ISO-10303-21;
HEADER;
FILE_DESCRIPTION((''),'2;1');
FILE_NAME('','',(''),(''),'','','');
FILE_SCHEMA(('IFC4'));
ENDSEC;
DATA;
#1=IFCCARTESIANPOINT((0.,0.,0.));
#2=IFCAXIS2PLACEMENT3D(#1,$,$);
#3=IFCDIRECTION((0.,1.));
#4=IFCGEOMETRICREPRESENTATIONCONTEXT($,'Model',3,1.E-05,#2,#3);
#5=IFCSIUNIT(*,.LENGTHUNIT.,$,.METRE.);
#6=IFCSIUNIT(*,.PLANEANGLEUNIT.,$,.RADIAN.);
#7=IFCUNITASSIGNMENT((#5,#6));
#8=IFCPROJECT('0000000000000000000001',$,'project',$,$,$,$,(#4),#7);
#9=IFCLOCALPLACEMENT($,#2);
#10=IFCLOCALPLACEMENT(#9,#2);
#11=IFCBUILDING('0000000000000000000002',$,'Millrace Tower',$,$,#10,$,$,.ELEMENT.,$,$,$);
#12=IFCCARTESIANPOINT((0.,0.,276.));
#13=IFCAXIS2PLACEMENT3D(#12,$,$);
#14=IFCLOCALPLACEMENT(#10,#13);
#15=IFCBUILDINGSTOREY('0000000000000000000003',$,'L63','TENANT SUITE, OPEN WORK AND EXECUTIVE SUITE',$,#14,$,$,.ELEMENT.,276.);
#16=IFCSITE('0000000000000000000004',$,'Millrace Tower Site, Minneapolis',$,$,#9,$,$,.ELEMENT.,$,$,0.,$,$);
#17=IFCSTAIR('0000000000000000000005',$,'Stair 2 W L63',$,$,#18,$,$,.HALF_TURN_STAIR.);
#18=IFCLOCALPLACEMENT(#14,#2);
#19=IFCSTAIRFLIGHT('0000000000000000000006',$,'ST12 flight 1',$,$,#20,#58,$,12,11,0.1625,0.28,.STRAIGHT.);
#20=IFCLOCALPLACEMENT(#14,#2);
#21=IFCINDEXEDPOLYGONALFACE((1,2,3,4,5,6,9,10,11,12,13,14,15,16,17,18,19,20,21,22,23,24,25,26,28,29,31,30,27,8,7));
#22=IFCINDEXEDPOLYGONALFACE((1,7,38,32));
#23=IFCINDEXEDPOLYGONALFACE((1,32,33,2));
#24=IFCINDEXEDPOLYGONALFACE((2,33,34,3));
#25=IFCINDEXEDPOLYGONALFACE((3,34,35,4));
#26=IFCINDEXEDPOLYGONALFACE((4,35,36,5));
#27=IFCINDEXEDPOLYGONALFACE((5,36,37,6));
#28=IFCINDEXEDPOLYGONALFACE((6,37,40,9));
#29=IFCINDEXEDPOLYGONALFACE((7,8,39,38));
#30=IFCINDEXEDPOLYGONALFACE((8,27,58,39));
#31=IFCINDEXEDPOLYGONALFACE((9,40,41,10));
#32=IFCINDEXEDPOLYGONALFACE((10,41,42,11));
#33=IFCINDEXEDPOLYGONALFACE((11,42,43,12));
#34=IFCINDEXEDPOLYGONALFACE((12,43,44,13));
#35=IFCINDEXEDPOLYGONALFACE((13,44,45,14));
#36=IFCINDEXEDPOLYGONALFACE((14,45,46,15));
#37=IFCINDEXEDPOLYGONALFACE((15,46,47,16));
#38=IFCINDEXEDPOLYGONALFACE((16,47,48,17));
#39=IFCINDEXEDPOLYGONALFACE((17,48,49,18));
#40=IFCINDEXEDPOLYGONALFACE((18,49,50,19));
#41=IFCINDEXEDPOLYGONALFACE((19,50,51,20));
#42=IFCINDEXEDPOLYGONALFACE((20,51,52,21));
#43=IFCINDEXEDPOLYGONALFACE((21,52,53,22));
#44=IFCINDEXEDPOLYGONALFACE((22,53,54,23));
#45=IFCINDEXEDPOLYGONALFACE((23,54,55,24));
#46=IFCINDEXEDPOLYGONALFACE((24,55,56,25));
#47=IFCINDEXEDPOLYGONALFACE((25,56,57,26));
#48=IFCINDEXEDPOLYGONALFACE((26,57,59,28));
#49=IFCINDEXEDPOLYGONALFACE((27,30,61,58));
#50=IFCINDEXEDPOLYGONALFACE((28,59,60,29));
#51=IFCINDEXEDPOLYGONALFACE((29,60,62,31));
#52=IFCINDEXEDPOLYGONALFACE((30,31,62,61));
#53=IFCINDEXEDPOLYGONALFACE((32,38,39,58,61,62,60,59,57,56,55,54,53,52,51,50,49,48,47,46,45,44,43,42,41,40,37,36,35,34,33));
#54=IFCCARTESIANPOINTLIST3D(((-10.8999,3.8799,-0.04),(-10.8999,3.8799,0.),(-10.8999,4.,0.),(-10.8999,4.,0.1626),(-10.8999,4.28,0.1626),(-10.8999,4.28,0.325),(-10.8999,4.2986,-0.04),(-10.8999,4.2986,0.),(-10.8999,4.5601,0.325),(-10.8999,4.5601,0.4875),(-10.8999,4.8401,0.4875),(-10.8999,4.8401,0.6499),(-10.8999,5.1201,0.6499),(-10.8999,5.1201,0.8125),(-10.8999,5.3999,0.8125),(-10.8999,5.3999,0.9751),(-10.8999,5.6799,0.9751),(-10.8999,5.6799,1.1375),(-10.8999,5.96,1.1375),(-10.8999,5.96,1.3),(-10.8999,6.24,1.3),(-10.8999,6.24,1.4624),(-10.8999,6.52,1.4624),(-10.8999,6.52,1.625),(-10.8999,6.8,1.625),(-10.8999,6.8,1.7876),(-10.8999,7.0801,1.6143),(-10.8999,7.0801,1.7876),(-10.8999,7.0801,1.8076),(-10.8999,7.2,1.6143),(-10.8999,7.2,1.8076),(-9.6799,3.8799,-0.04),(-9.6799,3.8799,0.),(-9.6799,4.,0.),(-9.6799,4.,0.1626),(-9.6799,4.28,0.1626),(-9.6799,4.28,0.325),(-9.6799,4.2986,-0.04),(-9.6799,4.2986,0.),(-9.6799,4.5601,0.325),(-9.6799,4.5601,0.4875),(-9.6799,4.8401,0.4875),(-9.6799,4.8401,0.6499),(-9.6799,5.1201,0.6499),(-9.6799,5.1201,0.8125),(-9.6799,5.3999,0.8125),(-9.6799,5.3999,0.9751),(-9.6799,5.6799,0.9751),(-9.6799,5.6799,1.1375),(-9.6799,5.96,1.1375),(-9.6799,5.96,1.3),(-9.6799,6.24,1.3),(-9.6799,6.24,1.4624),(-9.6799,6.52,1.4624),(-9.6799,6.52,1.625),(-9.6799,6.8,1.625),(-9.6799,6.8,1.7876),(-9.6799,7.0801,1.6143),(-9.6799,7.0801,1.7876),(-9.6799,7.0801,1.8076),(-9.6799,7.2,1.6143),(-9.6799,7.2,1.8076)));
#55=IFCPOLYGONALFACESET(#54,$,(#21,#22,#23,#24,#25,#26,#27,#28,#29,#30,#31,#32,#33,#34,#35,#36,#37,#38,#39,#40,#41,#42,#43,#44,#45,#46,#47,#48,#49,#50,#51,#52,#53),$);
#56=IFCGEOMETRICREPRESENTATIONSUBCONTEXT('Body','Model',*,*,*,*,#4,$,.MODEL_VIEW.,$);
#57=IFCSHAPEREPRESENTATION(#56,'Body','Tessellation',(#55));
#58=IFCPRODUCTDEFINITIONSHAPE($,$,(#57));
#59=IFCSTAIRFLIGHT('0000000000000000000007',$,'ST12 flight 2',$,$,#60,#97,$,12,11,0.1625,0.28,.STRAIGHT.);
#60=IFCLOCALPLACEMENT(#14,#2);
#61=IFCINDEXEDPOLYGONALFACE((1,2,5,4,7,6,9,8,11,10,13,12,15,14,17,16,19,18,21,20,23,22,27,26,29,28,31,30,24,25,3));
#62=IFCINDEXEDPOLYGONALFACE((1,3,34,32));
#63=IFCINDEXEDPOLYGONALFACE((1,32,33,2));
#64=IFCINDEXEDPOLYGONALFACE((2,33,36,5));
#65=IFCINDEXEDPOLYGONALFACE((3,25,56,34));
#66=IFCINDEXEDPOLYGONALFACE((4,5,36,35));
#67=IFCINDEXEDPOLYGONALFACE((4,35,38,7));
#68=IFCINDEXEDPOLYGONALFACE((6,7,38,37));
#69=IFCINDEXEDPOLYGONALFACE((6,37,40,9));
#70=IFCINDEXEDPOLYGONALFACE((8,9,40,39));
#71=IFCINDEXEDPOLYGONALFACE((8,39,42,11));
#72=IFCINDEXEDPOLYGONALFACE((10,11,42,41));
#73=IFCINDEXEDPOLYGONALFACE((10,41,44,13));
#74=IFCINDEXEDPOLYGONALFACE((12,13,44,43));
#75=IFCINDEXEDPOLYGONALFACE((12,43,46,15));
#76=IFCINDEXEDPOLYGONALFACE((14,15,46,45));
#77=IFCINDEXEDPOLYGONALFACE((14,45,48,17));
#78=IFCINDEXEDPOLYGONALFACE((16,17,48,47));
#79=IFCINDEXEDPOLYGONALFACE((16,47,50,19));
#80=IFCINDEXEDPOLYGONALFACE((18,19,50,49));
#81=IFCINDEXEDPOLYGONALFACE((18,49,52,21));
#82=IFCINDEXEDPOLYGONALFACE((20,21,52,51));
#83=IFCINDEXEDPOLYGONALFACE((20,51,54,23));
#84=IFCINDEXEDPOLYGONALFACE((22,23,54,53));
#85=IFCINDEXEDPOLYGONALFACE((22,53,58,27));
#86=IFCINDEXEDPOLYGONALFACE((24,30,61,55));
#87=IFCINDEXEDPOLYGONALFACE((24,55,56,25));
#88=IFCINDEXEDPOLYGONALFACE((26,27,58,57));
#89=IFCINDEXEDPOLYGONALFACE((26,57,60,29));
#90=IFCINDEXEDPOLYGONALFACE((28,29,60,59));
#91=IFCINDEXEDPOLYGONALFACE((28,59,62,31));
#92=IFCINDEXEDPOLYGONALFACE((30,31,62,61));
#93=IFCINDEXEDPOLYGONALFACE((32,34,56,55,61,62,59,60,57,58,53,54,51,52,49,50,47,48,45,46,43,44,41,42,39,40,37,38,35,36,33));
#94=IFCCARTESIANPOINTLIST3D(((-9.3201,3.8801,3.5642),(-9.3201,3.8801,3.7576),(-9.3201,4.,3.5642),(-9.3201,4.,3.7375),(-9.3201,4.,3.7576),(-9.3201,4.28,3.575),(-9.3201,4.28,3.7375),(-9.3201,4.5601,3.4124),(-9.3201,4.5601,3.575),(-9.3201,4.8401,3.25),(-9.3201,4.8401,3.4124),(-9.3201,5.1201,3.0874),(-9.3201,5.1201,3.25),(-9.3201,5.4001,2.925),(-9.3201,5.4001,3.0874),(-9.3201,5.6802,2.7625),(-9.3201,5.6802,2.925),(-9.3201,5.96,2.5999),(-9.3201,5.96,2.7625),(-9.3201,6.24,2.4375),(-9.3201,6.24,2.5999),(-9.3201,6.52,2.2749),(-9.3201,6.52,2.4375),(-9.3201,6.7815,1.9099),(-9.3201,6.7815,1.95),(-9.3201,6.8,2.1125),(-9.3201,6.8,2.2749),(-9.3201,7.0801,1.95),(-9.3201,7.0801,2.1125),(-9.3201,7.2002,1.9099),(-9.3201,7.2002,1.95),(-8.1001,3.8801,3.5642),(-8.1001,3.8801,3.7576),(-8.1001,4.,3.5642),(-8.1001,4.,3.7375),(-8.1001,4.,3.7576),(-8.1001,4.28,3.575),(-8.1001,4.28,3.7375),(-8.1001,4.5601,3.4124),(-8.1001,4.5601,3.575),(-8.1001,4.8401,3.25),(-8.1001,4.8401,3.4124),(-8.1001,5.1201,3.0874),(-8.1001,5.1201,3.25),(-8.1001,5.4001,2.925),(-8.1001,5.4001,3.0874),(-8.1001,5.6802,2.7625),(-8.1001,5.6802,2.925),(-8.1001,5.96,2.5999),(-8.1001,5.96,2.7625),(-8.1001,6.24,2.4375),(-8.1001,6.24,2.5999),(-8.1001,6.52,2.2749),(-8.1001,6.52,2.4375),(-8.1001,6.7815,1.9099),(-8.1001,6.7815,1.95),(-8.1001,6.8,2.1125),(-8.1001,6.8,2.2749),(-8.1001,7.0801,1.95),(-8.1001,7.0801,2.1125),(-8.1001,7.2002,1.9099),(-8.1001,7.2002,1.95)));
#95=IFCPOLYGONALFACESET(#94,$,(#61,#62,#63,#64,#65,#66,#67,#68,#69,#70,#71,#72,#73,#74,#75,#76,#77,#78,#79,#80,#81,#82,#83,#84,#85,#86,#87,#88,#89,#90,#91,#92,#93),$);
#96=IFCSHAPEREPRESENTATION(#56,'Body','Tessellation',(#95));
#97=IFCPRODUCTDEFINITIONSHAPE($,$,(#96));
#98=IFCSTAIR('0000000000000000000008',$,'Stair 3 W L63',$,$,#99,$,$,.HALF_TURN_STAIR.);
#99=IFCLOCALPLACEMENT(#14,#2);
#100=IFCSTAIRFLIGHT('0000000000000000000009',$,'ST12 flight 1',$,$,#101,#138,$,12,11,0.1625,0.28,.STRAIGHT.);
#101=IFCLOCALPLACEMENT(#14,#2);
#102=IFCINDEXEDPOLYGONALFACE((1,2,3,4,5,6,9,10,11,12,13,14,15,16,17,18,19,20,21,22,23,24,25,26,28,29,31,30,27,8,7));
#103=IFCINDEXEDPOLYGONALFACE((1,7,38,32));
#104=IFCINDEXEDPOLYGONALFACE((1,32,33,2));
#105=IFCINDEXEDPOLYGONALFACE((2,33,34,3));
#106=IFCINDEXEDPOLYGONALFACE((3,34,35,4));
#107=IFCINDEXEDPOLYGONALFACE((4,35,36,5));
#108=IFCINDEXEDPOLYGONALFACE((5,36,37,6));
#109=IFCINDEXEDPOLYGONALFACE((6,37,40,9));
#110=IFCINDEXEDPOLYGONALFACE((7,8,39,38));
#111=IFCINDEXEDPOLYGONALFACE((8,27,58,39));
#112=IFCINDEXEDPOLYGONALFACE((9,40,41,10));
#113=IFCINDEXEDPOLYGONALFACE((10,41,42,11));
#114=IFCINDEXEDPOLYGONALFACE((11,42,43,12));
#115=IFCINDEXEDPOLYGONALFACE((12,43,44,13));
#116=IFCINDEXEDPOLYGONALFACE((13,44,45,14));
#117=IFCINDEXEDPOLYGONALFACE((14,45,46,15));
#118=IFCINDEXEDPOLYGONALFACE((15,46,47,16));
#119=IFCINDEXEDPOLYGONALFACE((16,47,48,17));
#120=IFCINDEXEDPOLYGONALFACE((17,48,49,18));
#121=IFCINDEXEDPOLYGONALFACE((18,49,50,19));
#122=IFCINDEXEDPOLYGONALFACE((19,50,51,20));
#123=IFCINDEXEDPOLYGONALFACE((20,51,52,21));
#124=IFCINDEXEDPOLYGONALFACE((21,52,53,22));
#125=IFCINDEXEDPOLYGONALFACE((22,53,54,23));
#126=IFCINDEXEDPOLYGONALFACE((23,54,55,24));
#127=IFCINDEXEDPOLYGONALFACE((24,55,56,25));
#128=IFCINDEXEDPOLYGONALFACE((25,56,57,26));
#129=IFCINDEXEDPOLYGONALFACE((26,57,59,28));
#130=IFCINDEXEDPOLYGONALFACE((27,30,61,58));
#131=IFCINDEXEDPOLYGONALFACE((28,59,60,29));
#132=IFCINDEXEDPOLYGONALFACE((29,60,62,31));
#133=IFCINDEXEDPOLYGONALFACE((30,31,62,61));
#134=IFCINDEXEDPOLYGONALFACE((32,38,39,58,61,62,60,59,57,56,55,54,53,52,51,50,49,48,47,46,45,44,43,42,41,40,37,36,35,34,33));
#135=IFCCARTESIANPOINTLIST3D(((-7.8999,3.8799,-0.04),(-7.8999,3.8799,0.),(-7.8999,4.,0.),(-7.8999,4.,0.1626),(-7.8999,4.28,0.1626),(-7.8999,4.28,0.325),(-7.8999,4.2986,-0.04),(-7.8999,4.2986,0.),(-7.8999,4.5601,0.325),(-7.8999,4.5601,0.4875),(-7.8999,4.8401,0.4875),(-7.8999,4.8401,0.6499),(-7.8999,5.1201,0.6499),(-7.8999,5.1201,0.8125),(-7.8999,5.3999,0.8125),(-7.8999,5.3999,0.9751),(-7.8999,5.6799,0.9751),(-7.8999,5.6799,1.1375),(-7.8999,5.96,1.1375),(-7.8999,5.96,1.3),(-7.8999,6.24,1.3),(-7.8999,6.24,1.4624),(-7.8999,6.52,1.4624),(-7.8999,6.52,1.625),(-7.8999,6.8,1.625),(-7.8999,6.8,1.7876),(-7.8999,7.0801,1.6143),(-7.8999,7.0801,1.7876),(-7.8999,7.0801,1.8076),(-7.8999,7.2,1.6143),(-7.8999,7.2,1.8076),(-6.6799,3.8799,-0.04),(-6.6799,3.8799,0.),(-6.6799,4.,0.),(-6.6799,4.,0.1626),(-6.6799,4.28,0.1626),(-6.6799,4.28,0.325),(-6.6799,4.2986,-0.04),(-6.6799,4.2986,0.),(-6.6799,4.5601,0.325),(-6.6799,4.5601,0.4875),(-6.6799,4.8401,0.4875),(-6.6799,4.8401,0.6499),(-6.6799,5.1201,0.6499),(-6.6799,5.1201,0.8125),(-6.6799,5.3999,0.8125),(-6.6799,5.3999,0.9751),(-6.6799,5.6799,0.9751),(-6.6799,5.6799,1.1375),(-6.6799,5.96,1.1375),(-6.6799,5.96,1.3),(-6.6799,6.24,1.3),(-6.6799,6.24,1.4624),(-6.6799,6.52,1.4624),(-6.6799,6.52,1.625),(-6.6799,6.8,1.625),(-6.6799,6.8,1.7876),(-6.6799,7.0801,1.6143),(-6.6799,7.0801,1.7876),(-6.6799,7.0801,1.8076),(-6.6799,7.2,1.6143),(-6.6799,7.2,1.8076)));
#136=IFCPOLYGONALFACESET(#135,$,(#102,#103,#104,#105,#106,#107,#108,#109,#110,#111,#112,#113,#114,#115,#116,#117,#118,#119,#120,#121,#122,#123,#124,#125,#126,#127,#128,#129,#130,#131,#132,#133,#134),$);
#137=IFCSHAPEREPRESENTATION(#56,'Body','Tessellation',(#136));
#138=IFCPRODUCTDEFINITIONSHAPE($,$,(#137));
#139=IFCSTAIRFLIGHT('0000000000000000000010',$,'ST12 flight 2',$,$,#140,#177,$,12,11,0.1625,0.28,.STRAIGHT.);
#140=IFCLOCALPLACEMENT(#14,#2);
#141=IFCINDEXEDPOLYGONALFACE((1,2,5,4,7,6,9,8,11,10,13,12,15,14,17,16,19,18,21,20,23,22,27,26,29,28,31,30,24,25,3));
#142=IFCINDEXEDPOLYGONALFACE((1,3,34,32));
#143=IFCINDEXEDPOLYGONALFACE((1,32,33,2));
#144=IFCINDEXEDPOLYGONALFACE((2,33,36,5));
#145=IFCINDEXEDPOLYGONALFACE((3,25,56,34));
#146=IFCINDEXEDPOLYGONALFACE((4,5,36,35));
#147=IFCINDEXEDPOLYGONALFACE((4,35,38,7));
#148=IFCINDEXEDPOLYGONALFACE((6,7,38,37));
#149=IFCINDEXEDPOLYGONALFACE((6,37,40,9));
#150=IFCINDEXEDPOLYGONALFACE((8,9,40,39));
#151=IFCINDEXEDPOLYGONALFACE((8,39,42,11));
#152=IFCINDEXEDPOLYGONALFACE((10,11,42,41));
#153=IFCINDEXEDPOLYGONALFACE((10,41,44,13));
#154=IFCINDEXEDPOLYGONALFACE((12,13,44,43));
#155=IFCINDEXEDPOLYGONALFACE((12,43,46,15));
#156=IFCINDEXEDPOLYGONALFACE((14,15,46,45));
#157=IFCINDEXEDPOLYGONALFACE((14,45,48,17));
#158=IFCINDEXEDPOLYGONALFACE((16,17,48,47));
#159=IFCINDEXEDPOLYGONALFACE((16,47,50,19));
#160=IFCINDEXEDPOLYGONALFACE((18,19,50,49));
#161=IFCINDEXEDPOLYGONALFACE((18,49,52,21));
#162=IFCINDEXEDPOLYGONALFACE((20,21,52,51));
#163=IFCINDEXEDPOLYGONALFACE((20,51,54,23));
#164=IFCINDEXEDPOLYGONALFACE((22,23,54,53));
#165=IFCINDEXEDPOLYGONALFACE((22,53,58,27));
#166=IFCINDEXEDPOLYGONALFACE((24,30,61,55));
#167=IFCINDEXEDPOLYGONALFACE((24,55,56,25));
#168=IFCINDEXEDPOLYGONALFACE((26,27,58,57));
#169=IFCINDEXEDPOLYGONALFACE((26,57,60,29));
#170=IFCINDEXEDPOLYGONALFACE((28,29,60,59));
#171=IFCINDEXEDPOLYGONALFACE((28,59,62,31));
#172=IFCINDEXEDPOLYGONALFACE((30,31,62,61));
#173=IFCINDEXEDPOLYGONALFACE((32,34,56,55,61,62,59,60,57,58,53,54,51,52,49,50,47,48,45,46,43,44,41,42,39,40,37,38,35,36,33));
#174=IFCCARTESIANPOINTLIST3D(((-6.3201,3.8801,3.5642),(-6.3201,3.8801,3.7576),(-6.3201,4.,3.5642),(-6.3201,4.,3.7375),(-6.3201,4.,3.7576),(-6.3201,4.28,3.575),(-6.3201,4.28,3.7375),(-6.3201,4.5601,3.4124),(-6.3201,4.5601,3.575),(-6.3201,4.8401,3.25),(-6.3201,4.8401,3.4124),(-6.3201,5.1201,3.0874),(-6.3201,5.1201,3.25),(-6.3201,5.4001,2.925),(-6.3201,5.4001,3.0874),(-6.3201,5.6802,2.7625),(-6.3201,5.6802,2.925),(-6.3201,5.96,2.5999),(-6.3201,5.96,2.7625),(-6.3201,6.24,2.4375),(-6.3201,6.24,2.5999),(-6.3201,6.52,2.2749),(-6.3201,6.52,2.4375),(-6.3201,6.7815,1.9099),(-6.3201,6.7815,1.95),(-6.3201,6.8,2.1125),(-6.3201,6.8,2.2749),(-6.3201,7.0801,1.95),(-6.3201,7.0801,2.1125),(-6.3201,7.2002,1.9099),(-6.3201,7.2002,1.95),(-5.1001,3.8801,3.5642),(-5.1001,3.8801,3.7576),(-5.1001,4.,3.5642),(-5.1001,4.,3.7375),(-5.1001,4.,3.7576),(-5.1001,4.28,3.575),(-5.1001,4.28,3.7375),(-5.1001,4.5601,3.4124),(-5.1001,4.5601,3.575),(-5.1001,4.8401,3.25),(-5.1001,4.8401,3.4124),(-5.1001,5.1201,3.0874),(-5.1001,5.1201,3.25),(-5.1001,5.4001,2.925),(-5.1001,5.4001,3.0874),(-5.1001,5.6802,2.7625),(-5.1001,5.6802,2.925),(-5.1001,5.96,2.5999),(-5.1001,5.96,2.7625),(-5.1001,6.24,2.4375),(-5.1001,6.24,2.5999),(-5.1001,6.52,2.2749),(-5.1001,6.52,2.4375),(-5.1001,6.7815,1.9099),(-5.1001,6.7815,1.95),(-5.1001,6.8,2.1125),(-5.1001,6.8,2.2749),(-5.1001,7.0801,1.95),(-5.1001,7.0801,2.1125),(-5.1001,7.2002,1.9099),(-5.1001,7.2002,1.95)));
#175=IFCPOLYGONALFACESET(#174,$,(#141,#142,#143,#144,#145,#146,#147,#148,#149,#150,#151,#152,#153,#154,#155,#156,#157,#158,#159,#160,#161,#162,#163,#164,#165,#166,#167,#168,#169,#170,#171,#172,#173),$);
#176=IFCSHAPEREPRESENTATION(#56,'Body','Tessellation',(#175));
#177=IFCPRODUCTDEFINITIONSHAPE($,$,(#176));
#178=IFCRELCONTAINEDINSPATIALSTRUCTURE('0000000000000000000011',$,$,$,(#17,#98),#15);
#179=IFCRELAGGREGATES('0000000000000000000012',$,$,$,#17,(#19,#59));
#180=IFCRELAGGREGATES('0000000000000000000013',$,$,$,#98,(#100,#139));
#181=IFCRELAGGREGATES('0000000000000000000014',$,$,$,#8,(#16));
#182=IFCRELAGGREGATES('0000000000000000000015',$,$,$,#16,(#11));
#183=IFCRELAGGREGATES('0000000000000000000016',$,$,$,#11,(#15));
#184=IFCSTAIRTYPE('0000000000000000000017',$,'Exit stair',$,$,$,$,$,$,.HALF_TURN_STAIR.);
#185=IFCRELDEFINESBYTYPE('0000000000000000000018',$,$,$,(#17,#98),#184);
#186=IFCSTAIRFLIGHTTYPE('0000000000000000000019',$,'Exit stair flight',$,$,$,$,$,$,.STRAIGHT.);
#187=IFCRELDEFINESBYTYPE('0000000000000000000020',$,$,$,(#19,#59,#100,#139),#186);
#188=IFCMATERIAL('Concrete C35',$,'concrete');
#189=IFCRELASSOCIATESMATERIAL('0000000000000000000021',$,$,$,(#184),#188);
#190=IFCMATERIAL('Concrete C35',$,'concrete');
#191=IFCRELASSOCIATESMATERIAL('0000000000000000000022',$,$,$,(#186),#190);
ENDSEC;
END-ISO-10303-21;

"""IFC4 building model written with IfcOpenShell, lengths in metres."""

from ifc_helpers import new_model, si_unit, direction, frame, origin, place, context, subcontext, project, spatial, polyline, outline, extrude, material, type_object, element, aggregate, save


model = new_model("IFC4")

# Units and contexts
model_context = context("Model", 3, precision=1e-05, world=origin(), true_north=direction((0.0, 1.0)))
body_context = subcontext(model_context, "Body", "Model", "MODEL_VIEW")
ifc_project = project(units=[si_unit("LENGTHUNIT", "METRE"), si_unit("PLANEANGLEUNIT", "RADIAN")], contexts=[model_context])

# Site, building, storey
site_placement = place(None, origin())
site = spatial("IfcSite", under=ifc_project, at=site_placement, Name="Millrace Tower Site, Minneapolis", CompositionType="ELEMENT", RefElevation=0.0)
building_placement = place(site_placement, origin())
building = spatial("IfcBuilding", under=site, at=building_placement, Name="Millrace Tower", CompositionType="ELEMENT")
storey_placement = place(building_placement, frame((0.0, 0.0, 276.0)))
storey = spatial("IfcBuildingStorey", under=building, at=storey_placement, Name="L63", Description="TENANT SUITE, OPEN WORK AND EXECUTIVE SUITE", CompositionType="ELEMENT", Elevation=276.0)

# Shared definitions
ifc_material_1 = material(Name="Concrete C35", Category="concrete")
stair_type = type_object("IfcStairType", Name="Exit stair", PredefinedType="HALF_TURN_STAIR", material=ifc_material_1)
placement = place(storey_placement, origin())
ifc_material_2 = material(Name="Concrete C35", Category="concrete")
stair_flight_type = type_object("IfcStairFlightType", Name="Exit stair flight", PredefinedType="STRAIGHT", material=ifc_material_2)

# Stairs, stair flights
stair_1 = element("IfcStair", 1, at=placement, inside=storey, type_object=stair_type, Name="Stair 2 W L63", PredefinedType="HALF_TURN_STAIR")
stair_flight_1_placement = place(storey_placement, frame((-10.29, 4.0, 0.0), z_axis=(0.0, 0.0, 1.0), x_axis=(0.0, 1.0, 0.0)))
stair_flight_1 = element("IfcStairFlight", 2, at=stair_flight_1_placement, type_object=stair_flight_type, Name="ST12 flight 1", NumberOfRisers=12, NumberOfTreads=11, PredefinedType="STRAIGHT", RiserHeight=0.1625, TreadLength=0.28, context=body_context, shape_type="SweptSolid", body=[
    extrude(outline(polyline([(-0.1201, -0.04), (-0.1201, 0.0), (0.0, 0.0), (0.0, 0.1626), (0.28, 0.1626), (0.28, 0.325), (0.5601, 0.325), (0.5601, 0.4875), (0.8401, 0.4875), (0.8401, 0.6499), (1.1201, 0.6499), (1.1201, 0.8125), (1.3999, 0.8125), (1.3999, 0.9751), (1.6799, 0.9751), (1.6799, 1.1375), (1.96, 1.1375), (1.96, 1.3), (2.24, 1.3), (2.24, 1.4624), (2.52, 1.4624), (2.52, 1.625), (2.8, 1.625), (2.8, 1.7876), (3.0801, 1.7876), (3.0801, 1.8076), (3.2, 1.8076), (3.2, 1.6143), (3.0801, 1.6143), (0.2986, 0.0), (0.2986, -0.04), (-0.1201, -0.04)])), frame((0.0, 0.6099, 0.0), z_axis=(0.0, -1.0, 0.0), x_axis=(1.0, 0.0, 0.0)), (0.0, 0.0, 1.0), 1.22),
])
stair_flight_2_placement = place(storey_placement, frame((-8.71, 7.0801, 1.95), z_axis=(0.0, 0.0, 1.0), x_axis=(0.0, -1.0, 0.0)))
stair_flight_2 = element("IfcStairFlight", 3, at=stair_flight_2_placement, type_object=stair_flight_type, Name="ST12 flight 2", NumberOfRisers=12, NumberOfTreads=11, PredefinedType="STRAIGHT", RiserHeight=0.1625, TreadLength=0.28, context=body_context, shape_type="SweptSolid", body=[
    extrude(outline(polyline([(-0.1201, -0.04), (-0.1201, 0.0), (0.0, 0.0), (0.0, 0.1626), (0.28, 0.1626), (0.28, 0.325), (0.5601, 0.325), (0.5601, 0.4875), (0.8401, 0.4875), (0.8401, 0.6499), (1.1201, 0.6499), (1.1201, 0.8125), (1.3999, 0.8125), (1.3999, 0.9751), (1.6799, 0.9751), (1.6799, 1.1375), (1.96, 1.1375), (1.96, 1.3), (2.24, 1.3), (2.24, 1.4624), (2.52, 1.4624), (2.52, 1.625), (2.8, 1.625), (2.8, 1.7876), (3.0801, 1.7876), (3.0801, 1.8076), (3.2, 1.8076), (3.2, 1.6143), (3.0801, 1.6143), (0.2986, 0.0), (0.2986, -0.04), (-0.1201, -0.04)])), frame((0.0, 0.6099, 0.0), z_axis=(0.0, -1.0, 0.0), x_axis=(1.0, 0.0, 0.0)), (0.0, 0.0, 1.0), 1.22),
])
aggregate(stair_1, [stair_flight_1, stair_flight_2])
stair_2 = element("IfcStair", 4, at=placement, inside=storey, type_object=stair_type, Name="Stair 3 W L63", PredefinedType="HALF_TURN_STAIR")
stair_flight_3_placement = place(storey_placement, frame((-7.29, 4.0, 0.0), z_axis=(0.0, 0.0, 1.0), x_axis=(0.0, 1.0, 0.0)))
stair_flight_3 = element("IfcStairFlight", 5, at=stair_flight_3_placement, type_object=stair_flight_type, Name="ST12 flight 1", NumberOfRisers=12, NumberOfTreads=11, PredefinedType="STRAIGHT", RiserHeight=0.1625, TreadLength=0.28, context=body_context, shape_type="SweptSolid", body=[
    extrude(outline(polyline([(-0.1201, -0.04), (-0.1201, 0.0), (0.0, 0.0), (0.0, 0.1626), (0.28, 0.1626), (0.28, 0.325), (0.5601, 0.325), (0.5601, 0.4875), (0.8401, 0.4875), (0.8401, 0.6499), (1.1201, 0.6499), (1.1201, 0.8125), (1.3999, 0.8125), (1.3999, 0.9751), (1.6799, 0.9751), (1.6799, 1.1375), (1.96, 1.1375), (1.96, 1.3), (2.24, 1.3), (2.24, 1.4624), (2.52, 1.4624), (2.52, 1.625), (2.8, 1.625), (2.8, 1.7876), (3.0801, 1.7876), (3.0801, 1.8076), (3.2, 1.8076), (3.2, 1.6143), (3.0801, 1.6143), (0.2986, 0.0), (0.2986, -0.04), (-0.1201, -0.04)])), frame((0.0, 0.6099, 0.0), z_axis=(0.0, -1.0, 0.0), x_axis=(1.0, 0.0, 0.0)), (0.0, 0.0, 1.0), 1.22),
])
stair_flight_4_placement = place(storey_placement, frame((-5.71, 7.0801, 1.95), z_axis=(0.0, 0.0, 1.0), x_axis=(0.0, -1.0, 0.0)))
stair_flight_4 = element("IfcStairFlight", 6, at=stair_flight_4_placement, type_object=stair_flight_type, Name="ST12 flight 2", NumberOfRisers=12, NumberOfTreads=11, PredefinedType="STRAIGHT", RiserHeight=0.1625, TreadLength=0.28, context=body_context, shape_type="SweptSolid", body=[
    extrude(outline(polyline([(-0.1201, -0.04), (-0.1201, 0.0), (0.0, 0.0), (0.0, 0.1626), (0.28, 0.1626), (0.28, 0.325), (0.5601, 0.325), (0.5601, 0.4875), (0.8401, 0.4875), (0.8401, 0.6499), (1.1201, 0.6499), (1.1201, 0.8125), (1.3999, 0.8125), (1.3999, 0.9751), (1.6799, 0.9751), (1.6799, 1.1375), (1.96, 1.1375), (1.96, 1.3), (2.24, 1.3), (2.24, 1.4624), (2.52, 1.4624), (2.52, 1.625), (2.8, 1.625), (2.8, 1.7876), (3.0801, 1.7876), (3.0801, 1.8076), (3.2, 1.8076), (3.2, 1.6143), (3.0801, 1.6143), (0.2986, 0.0), (0.2986, -0.04), (-0.1201, -0.04)])), frame((0.0, 0.6099, 0.0), z_axis=(0.0, -1.0, 0.0), x_axis=(1.0, 0.0, 0.0)), (0.0, 0.0, 1.0), 1.22),
])
aggregate(stair_2, [stair_flight_3, stair_flight_4])

save(model, "model.ifc")
